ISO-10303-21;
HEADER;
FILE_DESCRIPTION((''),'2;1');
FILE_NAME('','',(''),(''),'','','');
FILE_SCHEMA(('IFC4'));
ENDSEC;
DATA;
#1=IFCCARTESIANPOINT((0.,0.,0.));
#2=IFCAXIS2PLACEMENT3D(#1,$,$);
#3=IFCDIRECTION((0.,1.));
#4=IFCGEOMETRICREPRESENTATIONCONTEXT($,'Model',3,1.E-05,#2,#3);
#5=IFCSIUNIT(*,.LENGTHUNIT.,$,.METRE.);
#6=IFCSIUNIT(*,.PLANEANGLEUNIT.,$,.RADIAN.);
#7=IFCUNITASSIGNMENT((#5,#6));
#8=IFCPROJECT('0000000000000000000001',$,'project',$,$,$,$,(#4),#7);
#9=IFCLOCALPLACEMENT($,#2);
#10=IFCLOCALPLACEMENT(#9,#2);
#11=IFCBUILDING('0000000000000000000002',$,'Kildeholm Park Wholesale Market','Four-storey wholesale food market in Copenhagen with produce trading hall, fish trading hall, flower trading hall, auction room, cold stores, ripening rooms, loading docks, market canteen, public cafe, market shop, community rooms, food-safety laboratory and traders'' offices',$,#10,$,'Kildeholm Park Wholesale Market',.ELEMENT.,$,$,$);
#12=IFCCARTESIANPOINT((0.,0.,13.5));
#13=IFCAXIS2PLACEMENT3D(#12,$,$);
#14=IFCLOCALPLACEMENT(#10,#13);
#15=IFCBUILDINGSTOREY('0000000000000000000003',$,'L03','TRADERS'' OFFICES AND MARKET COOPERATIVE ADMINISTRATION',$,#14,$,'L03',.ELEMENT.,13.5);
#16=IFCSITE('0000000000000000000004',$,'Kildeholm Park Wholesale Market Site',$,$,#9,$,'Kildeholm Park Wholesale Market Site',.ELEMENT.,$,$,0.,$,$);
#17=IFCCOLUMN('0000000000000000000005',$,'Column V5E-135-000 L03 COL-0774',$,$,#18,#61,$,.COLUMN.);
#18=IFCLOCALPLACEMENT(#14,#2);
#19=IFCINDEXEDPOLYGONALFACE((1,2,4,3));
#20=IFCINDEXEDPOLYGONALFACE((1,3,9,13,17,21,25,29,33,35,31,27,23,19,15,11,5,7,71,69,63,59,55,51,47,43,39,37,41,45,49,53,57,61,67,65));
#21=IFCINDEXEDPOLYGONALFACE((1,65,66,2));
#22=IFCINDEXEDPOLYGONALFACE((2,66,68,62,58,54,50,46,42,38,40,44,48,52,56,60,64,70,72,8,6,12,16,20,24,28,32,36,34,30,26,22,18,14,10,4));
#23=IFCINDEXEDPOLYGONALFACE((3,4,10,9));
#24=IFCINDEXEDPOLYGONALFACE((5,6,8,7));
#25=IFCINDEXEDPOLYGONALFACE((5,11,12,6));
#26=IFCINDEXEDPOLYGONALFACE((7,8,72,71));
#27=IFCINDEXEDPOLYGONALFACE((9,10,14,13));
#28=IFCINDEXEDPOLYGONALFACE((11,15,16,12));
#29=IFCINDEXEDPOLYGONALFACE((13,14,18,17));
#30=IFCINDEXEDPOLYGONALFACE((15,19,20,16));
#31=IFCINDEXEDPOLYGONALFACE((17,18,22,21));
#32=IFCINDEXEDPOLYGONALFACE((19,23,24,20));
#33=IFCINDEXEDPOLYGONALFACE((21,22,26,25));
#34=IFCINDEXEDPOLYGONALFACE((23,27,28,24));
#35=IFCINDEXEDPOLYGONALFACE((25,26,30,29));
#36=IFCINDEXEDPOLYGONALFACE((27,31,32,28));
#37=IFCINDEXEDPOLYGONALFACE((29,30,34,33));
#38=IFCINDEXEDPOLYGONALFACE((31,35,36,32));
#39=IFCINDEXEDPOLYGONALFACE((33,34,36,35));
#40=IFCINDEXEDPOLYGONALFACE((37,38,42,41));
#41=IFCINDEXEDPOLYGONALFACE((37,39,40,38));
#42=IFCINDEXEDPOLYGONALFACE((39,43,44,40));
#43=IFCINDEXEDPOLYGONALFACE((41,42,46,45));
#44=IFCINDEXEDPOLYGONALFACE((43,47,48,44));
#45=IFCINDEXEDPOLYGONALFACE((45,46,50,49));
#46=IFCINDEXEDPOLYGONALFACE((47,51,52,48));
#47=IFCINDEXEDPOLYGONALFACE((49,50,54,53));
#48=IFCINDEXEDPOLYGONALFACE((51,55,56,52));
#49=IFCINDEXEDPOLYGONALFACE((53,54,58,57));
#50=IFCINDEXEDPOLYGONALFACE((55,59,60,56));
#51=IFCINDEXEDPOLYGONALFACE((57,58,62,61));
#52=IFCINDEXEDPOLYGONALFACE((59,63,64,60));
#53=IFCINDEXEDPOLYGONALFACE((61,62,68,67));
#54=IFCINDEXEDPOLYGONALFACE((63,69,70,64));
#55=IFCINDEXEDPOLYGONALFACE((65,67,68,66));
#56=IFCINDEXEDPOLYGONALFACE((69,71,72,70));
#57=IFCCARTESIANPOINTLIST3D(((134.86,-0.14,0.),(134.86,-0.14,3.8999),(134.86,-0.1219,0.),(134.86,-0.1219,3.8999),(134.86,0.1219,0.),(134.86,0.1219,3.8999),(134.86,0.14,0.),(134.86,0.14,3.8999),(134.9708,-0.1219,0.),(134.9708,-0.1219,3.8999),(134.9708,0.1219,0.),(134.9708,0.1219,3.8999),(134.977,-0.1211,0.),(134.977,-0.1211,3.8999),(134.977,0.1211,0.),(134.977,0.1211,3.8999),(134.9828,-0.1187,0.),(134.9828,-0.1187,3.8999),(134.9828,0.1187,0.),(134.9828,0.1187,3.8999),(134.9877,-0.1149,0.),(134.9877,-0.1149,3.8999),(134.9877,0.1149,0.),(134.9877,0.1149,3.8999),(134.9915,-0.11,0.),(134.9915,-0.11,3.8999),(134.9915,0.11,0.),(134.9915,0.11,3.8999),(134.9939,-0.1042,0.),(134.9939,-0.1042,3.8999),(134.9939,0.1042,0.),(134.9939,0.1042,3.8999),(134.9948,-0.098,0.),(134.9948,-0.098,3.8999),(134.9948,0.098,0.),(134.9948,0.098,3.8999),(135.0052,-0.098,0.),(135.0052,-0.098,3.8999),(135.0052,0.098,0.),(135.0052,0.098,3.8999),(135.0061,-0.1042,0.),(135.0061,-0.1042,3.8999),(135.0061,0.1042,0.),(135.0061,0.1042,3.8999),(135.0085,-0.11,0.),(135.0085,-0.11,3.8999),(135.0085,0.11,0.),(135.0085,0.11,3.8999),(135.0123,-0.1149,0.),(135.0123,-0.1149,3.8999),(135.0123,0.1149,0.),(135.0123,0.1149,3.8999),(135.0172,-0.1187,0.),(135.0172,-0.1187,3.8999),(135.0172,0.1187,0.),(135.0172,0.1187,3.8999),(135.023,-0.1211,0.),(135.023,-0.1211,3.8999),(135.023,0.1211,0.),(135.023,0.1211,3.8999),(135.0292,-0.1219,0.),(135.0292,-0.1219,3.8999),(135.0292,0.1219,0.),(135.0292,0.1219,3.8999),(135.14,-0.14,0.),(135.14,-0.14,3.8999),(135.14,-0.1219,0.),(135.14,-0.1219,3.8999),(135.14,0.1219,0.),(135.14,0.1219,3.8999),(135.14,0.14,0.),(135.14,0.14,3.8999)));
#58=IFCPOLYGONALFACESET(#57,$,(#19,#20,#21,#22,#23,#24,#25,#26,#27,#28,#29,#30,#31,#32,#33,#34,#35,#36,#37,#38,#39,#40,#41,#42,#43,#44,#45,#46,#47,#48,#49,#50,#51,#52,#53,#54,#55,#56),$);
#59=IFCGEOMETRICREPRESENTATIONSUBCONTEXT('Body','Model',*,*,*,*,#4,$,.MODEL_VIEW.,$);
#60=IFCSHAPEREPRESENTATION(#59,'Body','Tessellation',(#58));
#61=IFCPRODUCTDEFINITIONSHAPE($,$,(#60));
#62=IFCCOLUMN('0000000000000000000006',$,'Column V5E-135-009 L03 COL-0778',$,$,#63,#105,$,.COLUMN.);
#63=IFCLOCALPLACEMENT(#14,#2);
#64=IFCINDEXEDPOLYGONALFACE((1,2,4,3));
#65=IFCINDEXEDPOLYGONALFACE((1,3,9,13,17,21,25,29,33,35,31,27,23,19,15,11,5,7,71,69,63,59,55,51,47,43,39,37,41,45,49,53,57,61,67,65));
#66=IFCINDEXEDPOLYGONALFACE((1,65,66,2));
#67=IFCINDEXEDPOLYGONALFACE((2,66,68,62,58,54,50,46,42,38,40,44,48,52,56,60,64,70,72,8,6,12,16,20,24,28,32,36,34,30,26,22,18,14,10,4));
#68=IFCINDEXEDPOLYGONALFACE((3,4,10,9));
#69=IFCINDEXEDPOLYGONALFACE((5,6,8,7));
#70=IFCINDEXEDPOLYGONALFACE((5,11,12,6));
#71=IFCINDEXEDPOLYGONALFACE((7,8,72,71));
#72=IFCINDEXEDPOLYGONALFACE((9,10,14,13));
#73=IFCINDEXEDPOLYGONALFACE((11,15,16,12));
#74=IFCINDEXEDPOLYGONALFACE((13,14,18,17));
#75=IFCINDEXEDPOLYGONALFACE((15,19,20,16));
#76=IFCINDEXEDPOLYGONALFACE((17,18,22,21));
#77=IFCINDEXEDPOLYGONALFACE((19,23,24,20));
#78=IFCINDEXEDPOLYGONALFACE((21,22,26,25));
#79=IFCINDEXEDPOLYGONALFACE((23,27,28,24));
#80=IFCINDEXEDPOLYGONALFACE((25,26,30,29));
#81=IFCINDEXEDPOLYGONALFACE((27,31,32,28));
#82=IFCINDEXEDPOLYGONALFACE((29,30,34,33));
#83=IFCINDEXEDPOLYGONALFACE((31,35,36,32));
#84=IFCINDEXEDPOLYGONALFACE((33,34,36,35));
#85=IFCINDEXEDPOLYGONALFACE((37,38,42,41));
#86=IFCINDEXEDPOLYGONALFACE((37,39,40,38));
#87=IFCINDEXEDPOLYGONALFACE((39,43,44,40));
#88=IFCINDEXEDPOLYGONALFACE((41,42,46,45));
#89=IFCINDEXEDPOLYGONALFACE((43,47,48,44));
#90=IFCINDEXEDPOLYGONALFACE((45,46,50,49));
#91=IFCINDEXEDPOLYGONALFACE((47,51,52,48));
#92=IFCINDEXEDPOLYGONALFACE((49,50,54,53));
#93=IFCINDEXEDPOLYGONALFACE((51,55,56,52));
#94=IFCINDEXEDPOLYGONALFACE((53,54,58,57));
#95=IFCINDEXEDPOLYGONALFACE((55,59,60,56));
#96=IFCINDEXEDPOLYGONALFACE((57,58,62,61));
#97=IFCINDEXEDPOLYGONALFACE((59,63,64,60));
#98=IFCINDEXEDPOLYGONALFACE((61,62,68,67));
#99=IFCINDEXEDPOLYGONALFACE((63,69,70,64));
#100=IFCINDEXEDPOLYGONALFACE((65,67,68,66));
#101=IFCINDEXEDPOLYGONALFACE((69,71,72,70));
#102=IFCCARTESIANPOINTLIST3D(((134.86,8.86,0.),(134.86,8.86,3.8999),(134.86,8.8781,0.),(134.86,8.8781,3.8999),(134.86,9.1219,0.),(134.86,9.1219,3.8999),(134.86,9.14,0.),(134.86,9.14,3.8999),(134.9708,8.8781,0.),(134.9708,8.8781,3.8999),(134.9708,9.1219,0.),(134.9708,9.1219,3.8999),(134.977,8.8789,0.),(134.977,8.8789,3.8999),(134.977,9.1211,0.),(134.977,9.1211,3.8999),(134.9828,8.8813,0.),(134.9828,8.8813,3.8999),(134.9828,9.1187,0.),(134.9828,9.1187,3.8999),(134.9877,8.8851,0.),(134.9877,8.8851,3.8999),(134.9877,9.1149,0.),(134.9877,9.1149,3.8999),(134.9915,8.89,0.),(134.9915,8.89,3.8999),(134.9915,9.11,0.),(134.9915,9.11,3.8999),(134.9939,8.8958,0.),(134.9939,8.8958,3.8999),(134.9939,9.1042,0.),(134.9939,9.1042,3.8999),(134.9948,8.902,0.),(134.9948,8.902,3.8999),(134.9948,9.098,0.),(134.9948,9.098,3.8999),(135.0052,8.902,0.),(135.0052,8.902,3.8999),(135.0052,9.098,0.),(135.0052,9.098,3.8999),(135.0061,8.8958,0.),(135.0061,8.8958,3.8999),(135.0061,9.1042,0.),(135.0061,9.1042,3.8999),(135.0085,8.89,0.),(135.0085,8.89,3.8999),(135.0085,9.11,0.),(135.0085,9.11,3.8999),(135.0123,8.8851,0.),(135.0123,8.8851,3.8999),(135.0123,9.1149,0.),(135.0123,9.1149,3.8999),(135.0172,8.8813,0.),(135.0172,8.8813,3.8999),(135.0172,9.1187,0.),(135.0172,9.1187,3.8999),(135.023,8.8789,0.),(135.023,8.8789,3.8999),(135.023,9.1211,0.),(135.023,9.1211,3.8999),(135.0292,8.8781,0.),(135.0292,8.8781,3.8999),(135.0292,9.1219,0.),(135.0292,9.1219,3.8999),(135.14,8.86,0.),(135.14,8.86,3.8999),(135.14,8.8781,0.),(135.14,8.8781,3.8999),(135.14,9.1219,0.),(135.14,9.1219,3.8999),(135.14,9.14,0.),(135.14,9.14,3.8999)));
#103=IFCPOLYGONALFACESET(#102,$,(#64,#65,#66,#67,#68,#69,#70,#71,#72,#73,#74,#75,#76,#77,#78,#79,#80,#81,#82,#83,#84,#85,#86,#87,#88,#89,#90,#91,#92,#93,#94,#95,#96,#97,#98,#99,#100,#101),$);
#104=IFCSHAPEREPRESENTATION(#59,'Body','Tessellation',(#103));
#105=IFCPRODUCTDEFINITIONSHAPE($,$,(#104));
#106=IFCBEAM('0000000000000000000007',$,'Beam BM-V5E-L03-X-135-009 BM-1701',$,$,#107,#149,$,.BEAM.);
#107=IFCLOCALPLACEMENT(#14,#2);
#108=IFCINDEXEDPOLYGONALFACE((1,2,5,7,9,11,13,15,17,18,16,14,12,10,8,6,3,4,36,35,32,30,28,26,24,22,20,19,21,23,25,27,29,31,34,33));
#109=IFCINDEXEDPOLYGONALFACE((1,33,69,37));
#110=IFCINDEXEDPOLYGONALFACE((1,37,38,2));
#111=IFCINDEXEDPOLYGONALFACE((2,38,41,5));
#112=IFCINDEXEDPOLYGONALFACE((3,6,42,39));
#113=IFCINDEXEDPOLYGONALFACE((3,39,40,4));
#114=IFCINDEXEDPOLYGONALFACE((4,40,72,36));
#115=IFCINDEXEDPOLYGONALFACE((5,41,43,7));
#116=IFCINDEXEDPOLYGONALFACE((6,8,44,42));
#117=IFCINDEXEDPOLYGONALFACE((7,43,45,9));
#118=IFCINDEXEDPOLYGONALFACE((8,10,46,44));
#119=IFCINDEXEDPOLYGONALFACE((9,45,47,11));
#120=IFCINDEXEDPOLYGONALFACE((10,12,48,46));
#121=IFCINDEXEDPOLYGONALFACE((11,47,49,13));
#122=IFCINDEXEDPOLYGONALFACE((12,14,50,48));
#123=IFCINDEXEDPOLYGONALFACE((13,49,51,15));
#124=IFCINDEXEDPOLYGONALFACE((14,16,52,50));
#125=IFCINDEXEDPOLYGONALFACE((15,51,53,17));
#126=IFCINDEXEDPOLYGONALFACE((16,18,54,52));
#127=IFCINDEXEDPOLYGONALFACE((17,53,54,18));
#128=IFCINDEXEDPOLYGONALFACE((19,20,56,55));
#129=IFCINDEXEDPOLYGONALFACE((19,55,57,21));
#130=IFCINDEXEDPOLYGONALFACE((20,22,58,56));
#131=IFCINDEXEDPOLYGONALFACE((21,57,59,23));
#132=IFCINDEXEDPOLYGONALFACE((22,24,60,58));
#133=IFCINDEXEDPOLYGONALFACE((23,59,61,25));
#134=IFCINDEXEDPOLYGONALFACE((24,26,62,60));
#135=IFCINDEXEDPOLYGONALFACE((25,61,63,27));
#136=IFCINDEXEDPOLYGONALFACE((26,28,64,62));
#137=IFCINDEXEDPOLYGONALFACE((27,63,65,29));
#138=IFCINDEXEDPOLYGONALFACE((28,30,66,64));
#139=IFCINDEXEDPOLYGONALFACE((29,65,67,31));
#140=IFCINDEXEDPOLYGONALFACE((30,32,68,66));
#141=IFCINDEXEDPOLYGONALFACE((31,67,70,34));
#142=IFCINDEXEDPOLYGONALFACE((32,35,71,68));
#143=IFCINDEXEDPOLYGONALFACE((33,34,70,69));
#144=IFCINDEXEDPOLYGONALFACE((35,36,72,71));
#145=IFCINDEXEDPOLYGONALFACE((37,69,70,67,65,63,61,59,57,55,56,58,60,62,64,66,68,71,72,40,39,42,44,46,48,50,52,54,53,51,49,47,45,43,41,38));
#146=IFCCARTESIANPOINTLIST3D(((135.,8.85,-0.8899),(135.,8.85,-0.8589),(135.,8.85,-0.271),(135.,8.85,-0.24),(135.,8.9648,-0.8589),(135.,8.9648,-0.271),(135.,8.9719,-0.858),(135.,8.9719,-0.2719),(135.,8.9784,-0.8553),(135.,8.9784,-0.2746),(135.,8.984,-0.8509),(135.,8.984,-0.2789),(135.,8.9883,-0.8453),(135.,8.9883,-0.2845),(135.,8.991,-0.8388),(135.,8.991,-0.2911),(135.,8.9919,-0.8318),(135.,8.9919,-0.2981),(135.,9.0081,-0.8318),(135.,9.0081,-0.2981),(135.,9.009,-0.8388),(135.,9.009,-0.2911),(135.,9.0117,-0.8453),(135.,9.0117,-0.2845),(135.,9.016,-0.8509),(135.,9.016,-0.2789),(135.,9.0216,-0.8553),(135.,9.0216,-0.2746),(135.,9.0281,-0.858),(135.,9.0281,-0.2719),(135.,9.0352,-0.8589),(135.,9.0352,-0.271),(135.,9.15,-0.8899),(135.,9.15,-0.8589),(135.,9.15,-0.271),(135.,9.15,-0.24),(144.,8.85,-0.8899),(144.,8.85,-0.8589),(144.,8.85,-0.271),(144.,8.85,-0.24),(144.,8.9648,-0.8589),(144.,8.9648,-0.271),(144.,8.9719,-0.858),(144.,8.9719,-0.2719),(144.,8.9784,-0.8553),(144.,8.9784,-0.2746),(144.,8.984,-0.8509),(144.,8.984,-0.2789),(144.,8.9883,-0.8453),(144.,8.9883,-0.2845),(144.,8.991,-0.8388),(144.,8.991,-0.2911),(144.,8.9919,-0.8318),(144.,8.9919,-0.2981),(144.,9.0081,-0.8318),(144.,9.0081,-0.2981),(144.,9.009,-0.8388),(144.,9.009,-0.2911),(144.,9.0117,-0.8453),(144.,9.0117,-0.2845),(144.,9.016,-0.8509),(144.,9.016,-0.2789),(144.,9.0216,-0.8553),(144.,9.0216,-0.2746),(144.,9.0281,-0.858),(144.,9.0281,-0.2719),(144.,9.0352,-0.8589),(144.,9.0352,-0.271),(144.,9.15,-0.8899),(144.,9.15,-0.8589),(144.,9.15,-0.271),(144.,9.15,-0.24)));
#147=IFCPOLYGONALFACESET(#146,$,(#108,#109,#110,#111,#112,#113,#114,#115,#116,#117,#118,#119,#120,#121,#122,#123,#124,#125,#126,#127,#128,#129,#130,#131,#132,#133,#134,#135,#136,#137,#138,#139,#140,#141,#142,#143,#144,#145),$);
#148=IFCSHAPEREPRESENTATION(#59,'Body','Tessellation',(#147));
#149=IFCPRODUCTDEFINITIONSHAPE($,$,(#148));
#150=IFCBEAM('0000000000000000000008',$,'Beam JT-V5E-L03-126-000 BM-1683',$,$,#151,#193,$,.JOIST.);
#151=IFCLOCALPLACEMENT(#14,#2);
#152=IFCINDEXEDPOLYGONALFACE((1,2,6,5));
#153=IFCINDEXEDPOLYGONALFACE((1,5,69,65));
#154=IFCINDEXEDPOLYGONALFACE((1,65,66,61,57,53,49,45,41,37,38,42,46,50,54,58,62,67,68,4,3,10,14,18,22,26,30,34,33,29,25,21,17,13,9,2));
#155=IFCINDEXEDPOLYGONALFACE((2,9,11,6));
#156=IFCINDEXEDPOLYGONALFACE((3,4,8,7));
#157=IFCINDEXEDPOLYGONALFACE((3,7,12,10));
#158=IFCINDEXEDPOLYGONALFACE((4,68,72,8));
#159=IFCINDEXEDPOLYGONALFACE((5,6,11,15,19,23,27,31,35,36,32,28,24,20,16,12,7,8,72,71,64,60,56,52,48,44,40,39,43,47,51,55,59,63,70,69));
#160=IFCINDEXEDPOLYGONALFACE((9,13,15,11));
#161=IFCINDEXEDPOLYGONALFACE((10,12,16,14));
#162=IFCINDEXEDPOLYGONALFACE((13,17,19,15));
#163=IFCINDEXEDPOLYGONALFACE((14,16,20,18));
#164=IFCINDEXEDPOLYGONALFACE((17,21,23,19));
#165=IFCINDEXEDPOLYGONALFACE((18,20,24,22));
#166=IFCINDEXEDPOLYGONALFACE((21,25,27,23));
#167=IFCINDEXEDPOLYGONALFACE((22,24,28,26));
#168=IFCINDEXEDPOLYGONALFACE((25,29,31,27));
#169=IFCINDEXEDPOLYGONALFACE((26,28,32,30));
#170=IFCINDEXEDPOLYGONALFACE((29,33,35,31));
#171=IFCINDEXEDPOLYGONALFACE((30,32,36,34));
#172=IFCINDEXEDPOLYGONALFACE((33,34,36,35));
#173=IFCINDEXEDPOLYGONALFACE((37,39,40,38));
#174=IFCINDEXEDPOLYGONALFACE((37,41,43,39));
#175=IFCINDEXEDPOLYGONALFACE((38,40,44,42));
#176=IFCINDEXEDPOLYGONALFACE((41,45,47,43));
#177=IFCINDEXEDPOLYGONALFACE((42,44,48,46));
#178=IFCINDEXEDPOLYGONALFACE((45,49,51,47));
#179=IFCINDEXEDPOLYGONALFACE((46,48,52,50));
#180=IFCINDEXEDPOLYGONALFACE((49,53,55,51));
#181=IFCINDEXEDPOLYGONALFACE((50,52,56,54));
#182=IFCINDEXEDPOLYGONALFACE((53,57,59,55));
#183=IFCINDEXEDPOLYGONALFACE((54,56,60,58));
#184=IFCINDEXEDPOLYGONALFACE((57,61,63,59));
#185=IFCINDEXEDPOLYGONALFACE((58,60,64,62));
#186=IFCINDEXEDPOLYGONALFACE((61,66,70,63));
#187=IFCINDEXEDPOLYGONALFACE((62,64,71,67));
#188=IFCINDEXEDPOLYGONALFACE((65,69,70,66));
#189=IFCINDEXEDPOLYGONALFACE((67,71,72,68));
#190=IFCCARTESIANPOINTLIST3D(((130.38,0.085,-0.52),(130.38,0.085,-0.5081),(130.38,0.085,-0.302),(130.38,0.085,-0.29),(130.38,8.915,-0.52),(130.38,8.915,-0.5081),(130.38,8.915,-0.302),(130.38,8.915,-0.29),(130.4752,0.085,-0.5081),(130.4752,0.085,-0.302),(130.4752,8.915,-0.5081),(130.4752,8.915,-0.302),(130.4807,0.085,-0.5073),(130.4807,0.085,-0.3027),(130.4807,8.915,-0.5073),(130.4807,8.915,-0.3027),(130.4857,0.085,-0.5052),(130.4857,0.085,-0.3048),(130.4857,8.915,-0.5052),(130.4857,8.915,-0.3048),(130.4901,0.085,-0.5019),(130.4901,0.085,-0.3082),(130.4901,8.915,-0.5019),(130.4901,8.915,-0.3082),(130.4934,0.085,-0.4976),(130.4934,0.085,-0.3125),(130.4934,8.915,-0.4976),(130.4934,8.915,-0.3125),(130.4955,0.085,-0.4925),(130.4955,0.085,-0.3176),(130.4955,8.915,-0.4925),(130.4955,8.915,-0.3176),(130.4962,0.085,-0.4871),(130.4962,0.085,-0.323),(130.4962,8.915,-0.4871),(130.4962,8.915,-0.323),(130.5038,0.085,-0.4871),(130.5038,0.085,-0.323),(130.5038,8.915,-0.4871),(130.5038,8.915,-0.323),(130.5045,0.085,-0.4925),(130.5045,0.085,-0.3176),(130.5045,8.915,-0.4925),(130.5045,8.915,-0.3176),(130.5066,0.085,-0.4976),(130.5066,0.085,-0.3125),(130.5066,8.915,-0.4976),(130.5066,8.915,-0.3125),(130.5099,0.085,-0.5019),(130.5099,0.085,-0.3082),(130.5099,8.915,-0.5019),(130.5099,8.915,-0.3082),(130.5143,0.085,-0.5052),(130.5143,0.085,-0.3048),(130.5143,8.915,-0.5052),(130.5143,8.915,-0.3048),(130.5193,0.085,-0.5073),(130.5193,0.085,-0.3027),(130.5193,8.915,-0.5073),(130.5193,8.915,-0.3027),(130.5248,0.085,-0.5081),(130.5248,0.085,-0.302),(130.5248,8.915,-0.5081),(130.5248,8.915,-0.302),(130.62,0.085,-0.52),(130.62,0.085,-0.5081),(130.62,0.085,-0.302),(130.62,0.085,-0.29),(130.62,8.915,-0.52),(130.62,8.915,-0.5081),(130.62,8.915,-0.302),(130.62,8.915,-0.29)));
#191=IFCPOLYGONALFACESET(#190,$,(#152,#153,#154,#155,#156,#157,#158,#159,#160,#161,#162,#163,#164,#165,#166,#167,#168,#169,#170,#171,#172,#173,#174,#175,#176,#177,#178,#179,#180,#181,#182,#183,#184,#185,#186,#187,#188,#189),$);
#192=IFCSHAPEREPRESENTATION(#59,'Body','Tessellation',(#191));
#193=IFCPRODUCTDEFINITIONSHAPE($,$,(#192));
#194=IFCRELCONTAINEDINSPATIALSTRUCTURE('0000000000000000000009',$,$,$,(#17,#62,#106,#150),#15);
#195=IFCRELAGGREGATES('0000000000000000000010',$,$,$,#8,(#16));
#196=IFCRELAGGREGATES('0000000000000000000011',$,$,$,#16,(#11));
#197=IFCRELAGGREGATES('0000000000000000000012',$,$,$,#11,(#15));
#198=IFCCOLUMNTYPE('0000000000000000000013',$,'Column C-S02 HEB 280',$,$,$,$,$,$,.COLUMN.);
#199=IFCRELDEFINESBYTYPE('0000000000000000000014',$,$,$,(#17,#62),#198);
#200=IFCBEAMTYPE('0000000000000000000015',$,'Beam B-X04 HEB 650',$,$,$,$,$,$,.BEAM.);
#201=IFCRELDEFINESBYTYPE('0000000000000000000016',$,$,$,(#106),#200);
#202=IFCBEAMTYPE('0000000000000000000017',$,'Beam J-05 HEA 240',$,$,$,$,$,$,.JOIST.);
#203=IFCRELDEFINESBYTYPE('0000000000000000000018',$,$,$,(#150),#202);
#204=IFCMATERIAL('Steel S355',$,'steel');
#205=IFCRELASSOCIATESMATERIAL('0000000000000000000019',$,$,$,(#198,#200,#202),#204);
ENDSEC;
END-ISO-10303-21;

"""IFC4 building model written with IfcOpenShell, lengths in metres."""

from ifc_helpers import new_model, si_unit, direction, frame, origin, origin_2d, place, context, subcontext, project, spatial, i_section, extrude, material, material_profile, profile_set, type_object, element, save


model = new_model("IFC4")

# Units and contexts
model_context = context("Model", 3, precision=1e-05, world=origin(), true_north=direction((0.0, 1.0)))
body_context = subcontext(model_context, "Body", "Model", "MODEL_VIEW")
ifc_project = project(units=[si_unit("LENGTHUNIT", "METRE"), si_unit("PLANEANGLEUNIT", "RADIAN")], contexts=[model_context])

# Site, building, storey
site_placement = place(None, origin())
site = spatial("IfcSite", under=ifc_project, at=site_placement, Name="Kildeholm Park Wholesale Market Site", LongName="Kildeholm Park Wholesale Market Site", CompositionType="ELEMENT", RefElevation=0.0)
building_placement = place(site_placement, origin())
building = spatial("IfcBuilding", under=site, at=building_placement, Name="Kildeholm Park Wholesale Market", Description="Four-storey wholesale food market in Copenhagen with produce trading hall, fish trading hall, flower trading hall, auction room, cold stores, ripening rooms, loading docks, market canteen, public cafe, market shop, community rooms, food-safety laboratory and traders' offices", LongName="Kildeholm Park Wholesale Market", CompositionType="ELEMENT")
storey_placement = place(building_placement, frame((0.0, 0.0, 13.5)))
storey = spatial("IfcBuildingStorey", under=building, at=storey_placement, Name="L03", Description="TRADERS' OFFICES AND MARKET COOPERATIVE ADMINISTRATION", LongName="L03", CompositionType="ELEMENT", Elevation=13.5)

# Columns
ifc_material_1 = material(Name="Steel S355", Category="steel")
ifc_material_profile_1 = material_profile(ifc_material_1, i_section(OverallWidth=0.28, OverallDepth=0.28, WebThickness=0.0105, FlangeThickness=0.0181, FilletRadius=0.0239, at=origin_2d()), Name="HEB 280")
ifc_profile_set_1 = profile_set([ifc_material_profile_1], Name="Steel S355")
column_type = type_object("IfcColumnType", Name="Column C-S02 HEB 280", PredefinedType="COLUMN", material=ifc_profile_set_1)
for number, where, z_axis, x_axis, name in (
    (1, (135.0, 0.0, 0.0), (0.0, 0.0, 1.0), (1.0, 0.0, 0.0), "Column V5E-135-000 L03 COL-0774"),
    (2, (135.0, 9.0, 0.0), (0.0, 0.0, 1.0), (1.0, 0.0, 0.0), "Column V5E-135-009 L03 COL-0778"),
):
    element("IfcColumn", number, at=place(storey_placement, frame(where, z_axis=z_axis, x_axis=x_axis)), inside=storey, type_object=column_type, Name=name, PredefinedType="COLUMN", context=body_context, shape_type="SweptSolid", body=[
        extrude(i_section(OverallWidth=0.28, OverallDepth=0.28, WebThickness=0.0105, FlangeThickness=0.0181, FilletRadius=0.0239, at=origin_2d()), origin(), (0.0, 0.0, 1.0), 3.8999),
    ])

# Beams
ifc_material_profile_2 = material_profile(ifc_material_1, i_section(OverallWidth=0.3, OverallDepth=0.6499, WebThickness=0.0161, FlangeThickness=0.031, FilletRadius=0.0271, at=origin_2d()), Name="HEB 650")
ifc_profile_set_2 = profile_set([ifc_material_profile_2], Name="Steel S355")
beam_type_1 = type_object("IfcBeamType", Name="Beam B-X04 HEB 650", PredefinedType="BEAM", material=ifc_profile_set_2)
beam_1_placement = place(storey_placement, frame((135.0, 9.0, -0.5649), z_axis=(1.0, 0.0, 0.0), x_axis=(0.0, 1.0, 0.0)))
element("IfcBeam", 3, at=beam_1_placement, inside=storey, type_object=beam_type_1, Name="Beam BM-V5E-L03-X-135-009 BM-1701", PredefinedType="BEAM", context=body_context, shape_type="SweptSolid", body=[
    extrude(i_section(OverallWidth=0.3, OverallDepth=0.6499, WebThickness=0.0161, FlangeThickness=0.031, FilletRadius=0.0271, at=origin_2d()), origin(), (0.0, 0.0, 1.0), 9.0),
])
ifc_material_profile_3 = material_profile(ifc_material_1, i_section(OverallWidth=0.24, OverallDepth=0.23, WebThickness=0.0076, FlangeThickness=0.012, FilletRadius=0.021, at=origin_2d()), Name="HEA 240")
ifc_profile_set_3 = profile_set([ifc_material_profile_3], Name="Steel S355")
beam_type_2 = type_object("IfcBeamType", Name="Beam J-05 HEA 240", PredefinedType="JOIST", material=ifc_profile_set_3)
beam_2_placement = place(storey_placement, frame((130.5, 0.085, -0.405), z_axis=(0.0, 1.0, 0.0), x_axis=(-1.0, 0.0, 0.0)))
element("IfcBeam", 4, at=beam_2_placement, inside=storey, type_object=beam_type_2, Name="Beam JT-V5E-L03-126-000 BM-1683", PredefinedType="JOIST", context=body_context, shape_type="SweptSolid", body=[
    extrude(i_section(OverallWidth=0.24, OverallDepth=0.23, WebThickness=0.0076, FlangeThickness=0.012, FilletRadius=0.021, at=origin_2d()), origin(), (0.0, 0.0, 1.0), 8.8301),
])

save(model, "model.ifc")
